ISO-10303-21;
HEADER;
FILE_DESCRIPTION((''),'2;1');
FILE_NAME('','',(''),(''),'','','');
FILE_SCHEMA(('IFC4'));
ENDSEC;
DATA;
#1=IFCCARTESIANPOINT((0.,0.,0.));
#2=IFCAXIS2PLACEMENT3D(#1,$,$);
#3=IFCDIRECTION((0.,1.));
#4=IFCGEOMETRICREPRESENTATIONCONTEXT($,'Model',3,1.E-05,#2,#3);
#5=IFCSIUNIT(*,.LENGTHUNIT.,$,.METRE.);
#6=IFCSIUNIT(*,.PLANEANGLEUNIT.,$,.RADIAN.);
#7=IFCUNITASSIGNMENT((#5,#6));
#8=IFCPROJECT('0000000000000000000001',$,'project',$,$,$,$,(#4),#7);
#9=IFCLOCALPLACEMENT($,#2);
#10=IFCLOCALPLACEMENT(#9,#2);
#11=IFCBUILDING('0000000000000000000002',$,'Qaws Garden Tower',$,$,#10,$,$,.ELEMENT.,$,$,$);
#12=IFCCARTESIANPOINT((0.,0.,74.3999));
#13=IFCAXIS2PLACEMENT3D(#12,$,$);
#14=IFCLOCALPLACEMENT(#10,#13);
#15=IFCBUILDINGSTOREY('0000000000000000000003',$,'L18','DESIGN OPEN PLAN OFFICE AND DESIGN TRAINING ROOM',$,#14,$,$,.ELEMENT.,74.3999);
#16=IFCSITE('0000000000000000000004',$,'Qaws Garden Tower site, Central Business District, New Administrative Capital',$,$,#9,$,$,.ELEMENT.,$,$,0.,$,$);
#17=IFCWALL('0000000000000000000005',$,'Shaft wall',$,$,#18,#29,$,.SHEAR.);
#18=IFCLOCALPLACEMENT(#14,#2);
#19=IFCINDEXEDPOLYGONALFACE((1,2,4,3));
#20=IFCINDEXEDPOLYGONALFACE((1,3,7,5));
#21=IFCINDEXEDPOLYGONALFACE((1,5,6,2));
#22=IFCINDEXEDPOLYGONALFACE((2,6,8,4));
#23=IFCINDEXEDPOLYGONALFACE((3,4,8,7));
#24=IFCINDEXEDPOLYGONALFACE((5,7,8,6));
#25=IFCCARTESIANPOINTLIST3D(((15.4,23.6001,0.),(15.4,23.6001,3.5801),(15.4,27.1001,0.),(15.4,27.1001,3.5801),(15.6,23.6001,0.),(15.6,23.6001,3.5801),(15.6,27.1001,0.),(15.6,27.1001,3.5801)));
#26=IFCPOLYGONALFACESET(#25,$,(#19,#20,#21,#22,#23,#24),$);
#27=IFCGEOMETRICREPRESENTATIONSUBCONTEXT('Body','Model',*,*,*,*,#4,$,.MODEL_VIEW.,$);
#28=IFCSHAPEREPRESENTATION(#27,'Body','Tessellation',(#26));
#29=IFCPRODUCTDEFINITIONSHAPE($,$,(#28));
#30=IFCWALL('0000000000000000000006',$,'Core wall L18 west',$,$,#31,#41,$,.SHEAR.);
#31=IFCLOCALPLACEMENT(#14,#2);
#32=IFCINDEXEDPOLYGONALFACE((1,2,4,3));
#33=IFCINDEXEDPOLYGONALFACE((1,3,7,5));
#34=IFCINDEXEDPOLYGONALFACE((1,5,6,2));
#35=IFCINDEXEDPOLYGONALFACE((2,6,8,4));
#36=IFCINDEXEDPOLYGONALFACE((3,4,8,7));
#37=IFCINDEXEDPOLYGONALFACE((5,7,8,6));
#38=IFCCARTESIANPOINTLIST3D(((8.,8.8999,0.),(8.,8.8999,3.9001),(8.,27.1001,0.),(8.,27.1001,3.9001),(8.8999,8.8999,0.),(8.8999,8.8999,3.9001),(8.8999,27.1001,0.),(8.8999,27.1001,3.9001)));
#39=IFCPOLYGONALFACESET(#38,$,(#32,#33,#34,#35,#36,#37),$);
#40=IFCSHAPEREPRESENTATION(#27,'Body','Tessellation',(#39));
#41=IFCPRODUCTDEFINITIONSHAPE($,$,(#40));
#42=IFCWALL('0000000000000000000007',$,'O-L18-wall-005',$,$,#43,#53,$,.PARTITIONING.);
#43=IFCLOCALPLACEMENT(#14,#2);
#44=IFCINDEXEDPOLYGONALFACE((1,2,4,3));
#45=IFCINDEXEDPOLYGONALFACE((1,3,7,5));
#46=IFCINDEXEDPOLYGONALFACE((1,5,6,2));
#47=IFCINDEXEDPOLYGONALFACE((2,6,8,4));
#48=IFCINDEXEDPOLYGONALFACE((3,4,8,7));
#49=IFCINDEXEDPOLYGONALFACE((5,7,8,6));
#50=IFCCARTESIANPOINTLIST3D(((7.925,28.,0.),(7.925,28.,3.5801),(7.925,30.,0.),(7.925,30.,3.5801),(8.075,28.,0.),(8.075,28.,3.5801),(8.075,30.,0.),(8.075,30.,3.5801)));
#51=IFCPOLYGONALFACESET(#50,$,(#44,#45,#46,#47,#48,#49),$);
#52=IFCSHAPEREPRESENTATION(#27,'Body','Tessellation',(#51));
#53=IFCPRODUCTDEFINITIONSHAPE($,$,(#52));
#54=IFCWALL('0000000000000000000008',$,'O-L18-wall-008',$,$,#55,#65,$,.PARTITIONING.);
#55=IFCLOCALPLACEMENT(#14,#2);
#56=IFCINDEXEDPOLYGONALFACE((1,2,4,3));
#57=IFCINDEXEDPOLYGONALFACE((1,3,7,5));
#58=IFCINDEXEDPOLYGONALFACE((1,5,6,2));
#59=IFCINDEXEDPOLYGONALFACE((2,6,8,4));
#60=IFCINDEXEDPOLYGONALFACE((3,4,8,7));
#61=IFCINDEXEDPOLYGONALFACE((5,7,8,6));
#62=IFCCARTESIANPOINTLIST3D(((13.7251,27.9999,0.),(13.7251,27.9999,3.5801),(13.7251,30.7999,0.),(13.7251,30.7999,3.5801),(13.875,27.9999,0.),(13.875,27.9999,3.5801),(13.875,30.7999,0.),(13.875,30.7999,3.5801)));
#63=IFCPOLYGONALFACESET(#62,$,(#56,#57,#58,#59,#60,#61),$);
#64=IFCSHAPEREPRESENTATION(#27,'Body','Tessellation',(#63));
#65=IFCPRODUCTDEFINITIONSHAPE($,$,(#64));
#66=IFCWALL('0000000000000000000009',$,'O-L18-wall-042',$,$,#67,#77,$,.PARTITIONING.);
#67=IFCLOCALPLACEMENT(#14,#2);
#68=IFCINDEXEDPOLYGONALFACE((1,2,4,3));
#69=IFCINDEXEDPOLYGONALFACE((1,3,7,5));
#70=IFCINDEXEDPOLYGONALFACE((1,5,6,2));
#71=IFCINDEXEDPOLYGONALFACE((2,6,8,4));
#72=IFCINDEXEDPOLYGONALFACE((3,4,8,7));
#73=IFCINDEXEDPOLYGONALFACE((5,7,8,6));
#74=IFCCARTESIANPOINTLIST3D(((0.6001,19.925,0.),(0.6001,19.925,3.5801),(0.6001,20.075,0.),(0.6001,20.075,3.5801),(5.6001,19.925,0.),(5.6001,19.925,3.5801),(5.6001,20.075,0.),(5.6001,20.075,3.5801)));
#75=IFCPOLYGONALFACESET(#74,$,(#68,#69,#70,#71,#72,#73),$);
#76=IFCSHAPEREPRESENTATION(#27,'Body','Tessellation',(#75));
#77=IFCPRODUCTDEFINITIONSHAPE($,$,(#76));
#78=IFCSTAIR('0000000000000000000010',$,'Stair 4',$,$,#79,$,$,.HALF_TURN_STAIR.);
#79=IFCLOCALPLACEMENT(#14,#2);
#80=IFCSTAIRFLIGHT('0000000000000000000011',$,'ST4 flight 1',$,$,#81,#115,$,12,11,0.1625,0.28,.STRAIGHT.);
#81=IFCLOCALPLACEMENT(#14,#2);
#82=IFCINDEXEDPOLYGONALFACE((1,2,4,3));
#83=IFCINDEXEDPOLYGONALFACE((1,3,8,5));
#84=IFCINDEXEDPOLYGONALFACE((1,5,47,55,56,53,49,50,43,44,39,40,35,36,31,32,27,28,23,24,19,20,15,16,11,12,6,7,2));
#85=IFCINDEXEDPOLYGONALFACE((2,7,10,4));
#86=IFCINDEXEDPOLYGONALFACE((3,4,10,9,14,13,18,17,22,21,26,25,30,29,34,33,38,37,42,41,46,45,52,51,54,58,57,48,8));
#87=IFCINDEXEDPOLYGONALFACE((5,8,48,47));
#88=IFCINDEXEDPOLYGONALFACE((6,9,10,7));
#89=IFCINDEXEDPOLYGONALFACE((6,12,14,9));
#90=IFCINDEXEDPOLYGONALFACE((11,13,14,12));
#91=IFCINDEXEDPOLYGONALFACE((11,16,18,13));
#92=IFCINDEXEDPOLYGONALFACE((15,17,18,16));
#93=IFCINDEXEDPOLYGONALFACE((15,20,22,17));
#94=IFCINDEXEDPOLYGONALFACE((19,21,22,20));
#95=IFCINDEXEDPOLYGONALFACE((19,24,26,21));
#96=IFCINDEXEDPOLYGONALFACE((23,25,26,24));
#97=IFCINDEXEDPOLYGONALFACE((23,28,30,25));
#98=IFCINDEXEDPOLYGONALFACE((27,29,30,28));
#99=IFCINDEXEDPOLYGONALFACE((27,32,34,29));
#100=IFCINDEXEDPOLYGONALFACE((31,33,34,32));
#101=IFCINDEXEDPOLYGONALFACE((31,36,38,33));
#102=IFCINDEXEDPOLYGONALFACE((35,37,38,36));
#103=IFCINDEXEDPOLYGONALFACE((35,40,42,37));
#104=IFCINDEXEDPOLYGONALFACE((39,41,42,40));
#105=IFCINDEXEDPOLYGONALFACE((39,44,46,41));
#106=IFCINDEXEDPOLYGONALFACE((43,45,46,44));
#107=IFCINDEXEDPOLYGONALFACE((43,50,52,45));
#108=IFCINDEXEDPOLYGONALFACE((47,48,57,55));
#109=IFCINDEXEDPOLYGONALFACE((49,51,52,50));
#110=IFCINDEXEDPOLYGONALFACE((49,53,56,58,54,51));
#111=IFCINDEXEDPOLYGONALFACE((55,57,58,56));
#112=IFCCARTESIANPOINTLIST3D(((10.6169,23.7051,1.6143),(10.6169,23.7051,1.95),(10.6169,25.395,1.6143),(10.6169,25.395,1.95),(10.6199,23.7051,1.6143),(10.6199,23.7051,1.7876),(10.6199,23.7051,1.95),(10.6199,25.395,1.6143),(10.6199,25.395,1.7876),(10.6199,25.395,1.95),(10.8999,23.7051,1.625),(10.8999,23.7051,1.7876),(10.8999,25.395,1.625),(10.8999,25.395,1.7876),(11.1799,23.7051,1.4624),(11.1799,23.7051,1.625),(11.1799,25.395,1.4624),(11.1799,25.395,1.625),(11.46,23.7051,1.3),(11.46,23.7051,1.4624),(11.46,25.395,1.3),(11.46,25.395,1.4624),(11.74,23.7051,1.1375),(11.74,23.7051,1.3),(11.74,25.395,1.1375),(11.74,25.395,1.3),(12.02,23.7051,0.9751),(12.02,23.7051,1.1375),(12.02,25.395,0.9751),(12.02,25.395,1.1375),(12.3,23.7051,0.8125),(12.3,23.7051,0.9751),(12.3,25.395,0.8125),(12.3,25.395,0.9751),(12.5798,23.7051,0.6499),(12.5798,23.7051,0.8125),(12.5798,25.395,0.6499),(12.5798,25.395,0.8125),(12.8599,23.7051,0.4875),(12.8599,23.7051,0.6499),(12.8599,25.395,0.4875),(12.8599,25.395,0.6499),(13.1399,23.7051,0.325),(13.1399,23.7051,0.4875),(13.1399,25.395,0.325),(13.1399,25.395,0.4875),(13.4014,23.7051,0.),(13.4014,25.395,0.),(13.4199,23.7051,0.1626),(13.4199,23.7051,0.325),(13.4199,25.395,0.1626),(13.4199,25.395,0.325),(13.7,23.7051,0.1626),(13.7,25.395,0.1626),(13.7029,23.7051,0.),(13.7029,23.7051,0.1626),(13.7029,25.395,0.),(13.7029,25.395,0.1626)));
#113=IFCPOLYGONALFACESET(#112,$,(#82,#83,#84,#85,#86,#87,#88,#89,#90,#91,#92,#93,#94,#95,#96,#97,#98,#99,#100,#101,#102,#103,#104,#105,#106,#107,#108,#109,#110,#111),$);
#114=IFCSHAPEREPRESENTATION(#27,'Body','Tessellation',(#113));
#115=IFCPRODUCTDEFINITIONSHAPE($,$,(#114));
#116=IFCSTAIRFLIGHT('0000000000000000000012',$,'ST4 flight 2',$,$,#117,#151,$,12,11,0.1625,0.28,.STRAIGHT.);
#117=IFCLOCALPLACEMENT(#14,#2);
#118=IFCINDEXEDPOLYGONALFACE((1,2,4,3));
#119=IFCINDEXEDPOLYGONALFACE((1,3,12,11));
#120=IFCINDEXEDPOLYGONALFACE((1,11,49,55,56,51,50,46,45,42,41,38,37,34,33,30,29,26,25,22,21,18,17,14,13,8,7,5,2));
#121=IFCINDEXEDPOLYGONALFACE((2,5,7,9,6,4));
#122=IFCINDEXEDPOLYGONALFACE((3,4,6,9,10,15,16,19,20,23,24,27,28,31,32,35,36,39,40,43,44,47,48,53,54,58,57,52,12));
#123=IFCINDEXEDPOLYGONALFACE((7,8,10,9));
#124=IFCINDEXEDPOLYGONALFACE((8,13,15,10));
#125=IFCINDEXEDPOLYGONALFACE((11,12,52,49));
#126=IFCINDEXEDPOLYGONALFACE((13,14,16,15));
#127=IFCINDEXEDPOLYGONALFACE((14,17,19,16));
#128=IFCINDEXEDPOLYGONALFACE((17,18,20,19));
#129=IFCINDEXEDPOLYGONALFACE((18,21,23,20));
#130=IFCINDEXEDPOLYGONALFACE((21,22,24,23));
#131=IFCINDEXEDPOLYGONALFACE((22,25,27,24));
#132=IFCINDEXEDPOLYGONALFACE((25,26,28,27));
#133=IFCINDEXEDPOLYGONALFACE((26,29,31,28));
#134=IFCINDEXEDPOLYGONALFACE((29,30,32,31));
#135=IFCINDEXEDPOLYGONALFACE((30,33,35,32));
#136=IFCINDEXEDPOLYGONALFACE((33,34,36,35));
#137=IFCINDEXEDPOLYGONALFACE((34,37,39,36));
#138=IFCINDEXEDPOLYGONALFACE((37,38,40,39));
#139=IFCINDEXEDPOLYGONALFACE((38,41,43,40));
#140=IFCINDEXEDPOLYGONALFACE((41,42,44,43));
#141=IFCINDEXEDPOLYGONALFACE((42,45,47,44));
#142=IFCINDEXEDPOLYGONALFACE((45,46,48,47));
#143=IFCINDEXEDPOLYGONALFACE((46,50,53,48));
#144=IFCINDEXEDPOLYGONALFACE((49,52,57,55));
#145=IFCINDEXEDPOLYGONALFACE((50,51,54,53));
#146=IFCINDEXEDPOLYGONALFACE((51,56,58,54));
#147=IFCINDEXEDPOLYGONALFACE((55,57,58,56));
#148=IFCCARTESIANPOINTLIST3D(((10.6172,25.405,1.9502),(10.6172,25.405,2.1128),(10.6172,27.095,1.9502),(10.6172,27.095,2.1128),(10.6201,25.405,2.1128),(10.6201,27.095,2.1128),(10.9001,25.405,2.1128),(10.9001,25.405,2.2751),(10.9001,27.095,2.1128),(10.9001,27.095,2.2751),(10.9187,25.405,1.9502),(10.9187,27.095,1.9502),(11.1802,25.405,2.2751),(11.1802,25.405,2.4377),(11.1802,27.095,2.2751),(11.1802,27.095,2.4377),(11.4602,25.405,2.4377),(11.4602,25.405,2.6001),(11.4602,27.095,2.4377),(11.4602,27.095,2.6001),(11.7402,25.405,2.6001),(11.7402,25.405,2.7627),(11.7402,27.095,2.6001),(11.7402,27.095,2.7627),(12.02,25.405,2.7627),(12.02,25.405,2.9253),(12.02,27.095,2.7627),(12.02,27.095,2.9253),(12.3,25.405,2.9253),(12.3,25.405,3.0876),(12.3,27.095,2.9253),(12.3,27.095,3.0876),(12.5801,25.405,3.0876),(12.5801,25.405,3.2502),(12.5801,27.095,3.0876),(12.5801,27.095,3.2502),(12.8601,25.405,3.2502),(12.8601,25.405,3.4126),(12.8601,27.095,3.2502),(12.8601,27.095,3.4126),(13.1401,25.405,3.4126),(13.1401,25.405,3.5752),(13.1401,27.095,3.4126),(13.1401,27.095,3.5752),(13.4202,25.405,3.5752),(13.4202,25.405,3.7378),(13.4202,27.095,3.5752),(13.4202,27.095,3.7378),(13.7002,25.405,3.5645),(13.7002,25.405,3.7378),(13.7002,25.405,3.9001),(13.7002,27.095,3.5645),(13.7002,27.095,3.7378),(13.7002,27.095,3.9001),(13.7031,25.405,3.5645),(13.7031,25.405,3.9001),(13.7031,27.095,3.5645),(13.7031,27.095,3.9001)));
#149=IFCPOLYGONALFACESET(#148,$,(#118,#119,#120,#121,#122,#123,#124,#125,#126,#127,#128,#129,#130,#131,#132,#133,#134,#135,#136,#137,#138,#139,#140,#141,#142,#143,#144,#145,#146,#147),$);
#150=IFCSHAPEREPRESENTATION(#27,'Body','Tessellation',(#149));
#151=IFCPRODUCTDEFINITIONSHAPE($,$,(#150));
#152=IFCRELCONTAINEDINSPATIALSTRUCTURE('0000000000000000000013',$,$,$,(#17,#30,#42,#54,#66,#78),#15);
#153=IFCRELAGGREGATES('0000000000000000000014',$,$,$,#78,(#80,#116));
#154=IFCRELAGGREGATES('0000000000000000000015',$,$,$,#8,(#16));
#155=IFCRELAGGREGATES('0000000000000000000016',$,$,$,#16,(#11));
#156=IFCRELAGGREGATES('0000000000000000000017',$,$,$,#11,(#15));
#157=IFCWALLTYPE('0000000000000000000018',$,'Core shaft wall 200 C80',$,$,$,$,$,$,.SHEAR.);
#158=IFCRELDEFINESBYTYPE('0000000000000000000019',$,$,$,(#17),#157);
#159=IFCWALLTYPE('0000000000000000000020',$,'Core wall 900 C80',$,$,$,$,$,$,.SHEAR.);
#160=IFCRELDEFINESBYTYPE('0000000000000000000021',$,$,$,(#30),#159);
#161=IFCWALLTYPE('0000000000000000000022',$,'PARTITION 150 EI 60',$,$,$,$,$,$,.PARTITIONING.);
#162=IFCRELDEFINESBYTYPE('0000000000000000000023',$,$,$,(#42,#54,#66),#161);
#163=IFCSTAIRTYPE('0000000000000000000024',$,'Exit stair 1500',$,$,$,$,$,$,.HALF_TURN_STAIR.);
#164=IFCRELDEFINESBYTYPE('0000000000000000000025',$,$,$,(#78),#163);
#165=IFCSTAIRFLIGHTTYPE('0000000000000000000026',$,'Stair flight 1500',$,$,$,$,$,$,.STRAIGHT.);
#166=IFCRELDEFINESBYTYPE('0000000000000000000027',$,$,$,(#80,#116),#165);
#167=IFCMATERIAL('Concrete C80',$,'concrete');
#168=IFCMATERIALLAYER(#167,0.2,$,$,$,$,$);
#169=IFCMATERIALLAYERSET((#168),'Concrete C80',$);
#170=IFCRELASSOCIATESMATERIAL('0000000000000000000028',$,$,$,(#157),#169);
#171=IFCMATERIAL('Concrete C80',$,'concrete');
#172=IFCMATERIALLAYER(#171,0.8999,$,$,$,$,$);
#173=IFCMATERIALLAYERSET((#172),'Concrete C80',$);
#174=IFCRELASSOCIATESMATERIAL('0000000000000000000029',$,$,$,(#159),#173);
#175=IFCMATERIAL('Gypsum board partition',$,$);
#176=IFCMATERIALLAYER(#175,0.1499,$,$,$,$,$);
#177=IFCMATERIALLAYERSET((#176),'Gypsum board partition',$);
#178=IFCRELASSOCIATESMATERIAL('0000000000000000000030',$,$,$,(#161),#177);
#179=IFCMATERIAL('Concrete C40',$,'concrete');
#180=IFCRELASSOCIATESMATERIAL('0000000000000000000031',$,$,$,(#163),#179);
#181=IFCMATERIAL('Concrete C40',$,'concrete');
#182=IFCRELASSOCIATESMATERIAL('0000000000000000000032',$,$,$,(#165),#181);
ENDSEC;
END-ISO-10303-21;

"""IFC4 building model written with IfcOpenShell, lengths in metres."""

from ifc_helpers import new_model, si_unit, direction, frame, frame_2d, origin, place, context, subcontext, project, spatial, polyline, rectangle, outline, extrude, material, layer, layer_set, type_object, element, aggregate, save


model = new_model("IFC4")

# Units and contexts
model_context = context("Model", 3, precision=1e-05, world=origin(), true_north=direction((0.0, 1.0)))
body_context = subcontext(model_context, "Body", "Model", "MODEL_VIEW")
ifc_project = project(units=[si_unit("LENGTHUNIT", "METRE"), si_unit("PLANEANGLEUNIT", "RADIAN")], contexts=[model_context])

# Site, building, storey
site_placement = place(None, origin())
site = spatial("IfcSite", under=ifc_project, at=site_placement, Name="Qaws Garden Tower site, Central Business District, New Administrative Capital", CompositionType="ELEMENT", RefElevation=0.0)
building_placement = place(site_placement, origin())
building = spatial("IfcBuilding", under=site, at=building_placement, Name="Qaws Garden Tower", CompositionType="ELEMENT")
storey_placement = place(building_placement, frame((0.0, 0.0, 74.3999)))
storey = spatial("IfcBuildingStorey", under=building, at=storey_placement, Name="L18", Description="DESIGN OPEN PLAN OFFICE AND DESIGN TRAINING ROOM", CompositionType="ELEMENT", Elevation=74.3999)

# Shared definitions
ifc_material_1 = material(Name="Concrete C80", Category="concrete")
ifc_layer_1 = layer(ifc_material_1, 0.2)
ifc_layer_set_1 = layer_set([ifc_layer_1], Name="Concrete C80")
wall_type_1 = type_object("IfcWallType", Name="Core shaft wall 200 C80", PredefinedType="SHEAR", material=ifc_layer_set_1)

# Walls
wall_1_placement = place(storey_placement, frame((15.5, 23.6001, 0.0), z_axis=(0.0, 0.0, 1.0), x_axis=(0.0, 1.0, 0.0)))
element("IfcWall", 1, at=wall_1_placement, inside=storey, type_object=wall_type_1, Name="Shaft wall", PredefinedType="SHEAR", context=body_context, shape_type="SweptSolid", body=[
    extrude(rectangle(XDim=3.5, YDim=0.2, at=frame_2d((1.75, 0.0))), origin(), (0.0, 0.0, 1.0), 3.5801),
])
ifc_material_2 = material(Name="Concrete C80", Category="concrete")
ifc_layer_2 = layer(ifc_material_2, 0.8999)
ifc_layer_set_2 = layer_set([ifc_layer_2], Name="Concrete C80")
wall_type_2 = type_object("IfcWallType", Name="Core wall 900 C80", PredefinedType="SHEAR", material=ifc_layer_set_2)
wall_2_placement = place(storey_placement, frame((8.45, 27.1001, 0.0), z_axis=(0.0, 0.0, 1.0), x_axis=(0.0, -1.0, 0.0)))
element("IfcWall", 2, at=wall_2_placement, inside=storey, type_object=wall_type_2, Name="Core wall L18 west", PredefinedType="SHEAR", context=body_context, shape_type="SweptSolid", body=[
    extrude(rectangle(XDim=18.2002, YDim=0.8999, at=frame_2d((9.1001, 0.0))), origin(), (0.0, 0.0, 1.0), 3.9001),
])
ifc_material_3 = material(Name="Gypsum board partition")
ifc_layer_3 = layer(ifc_material_3, 0.1499)
ifc_layer_set_3 = layer_set([ifc_layer_3], Name="Gypsum board partition")
wall_type_3 = type_object("IfcWallType", Name="PARTITION 150 EI 60", PredefinedType="PARTITIONING", material=ifc_layer_set_3)
wall_3_placement = place(storey_placement, frame((8.0, 28.0, 0.0), z_axis=(0.0, 0.0, 1.0), x_axis=(0.0, 1.0, 0.0)))
element("IfcWall", 3, at=wall_3_placement, inside=storey, type_object=wall_type_3, Name="O-L18-wall-005", PredefinedType="PARTITIONING", context=body_context, shape_type="SweptSolid", body=[
    extrude(rectangle(XDim=2.0, YDim=0.1499, at=frame_2d((1.0, 0.0))), origin(), (0.0, 0.0, 1.0), 3.5801),
])
wall_4_placement = place(storey_placement, frame((13.8, 28.0, 0.0), z_axis=(0.0, 0.0, 1.0), x_axis=(0.0, 1.0, 0.0)))
element("IfcWall", 4, at=wall_4_placement, inside=storey, type_object=wall_type_3, Name="O-L18-wall-008", PredefinedType="PARTITIONING", context=body_context, shape_type="SweptSolid", body=[
    extrude(rectangle(XDim=2.8, YDim=0.1499, at=frame_2d((1.3999, 0.0))), origin(), (0.0, 0.0, 1.0), 3.5801),
])
wall_5_placement = place(storey_placement, frame((0.6001, 20.0, 0.0), z_axis=(0.0, 0.0, 1.0), x_axis=(1.0, 0.0, 0.0)))
element("IfcWall", 5, at=wall_5_placement, inside=storey, type_object=wall_type_3, Name="O-L18-wall-042", PredefinedType="PARTITIONING", context=body_context, shape_type="SweptSolid", body=[
    extrude(rectangle(XDim=5.0, YDim=0.1499, at=frame_2d((2.5, 0.0))), origin(), (0.0, 0.0, 1.0), 3.5801),
])

# Stair, stair flights
ifc_material_4 = material(Name="Concrete C40", Category="concrete")
stair_type = type_object("IfcStairType", Name="Exit stair 1500", PredefinedType="HALF_TURN_STAIR", material=ifc_material_4)
stair_placement = place(storey_placement, origin())
stair = element("IfcStair", 6, at=stair_placement, inside=storey, type_object=stair_type, Name="Stair 4", PredefinedType="HALF_TURN_STAIR")
ifc_material_5 = material(Name="Concrete C40", Category="concrete")
stair_flight_type = type_object("IfcStairFlightType", Name="Stair flight 1500", PredefinedType="STRAIGHT", material=ifc_material_5)
stair_flight_1_placement = place(storey_placement, frame((13.7, 24.55, 0.0), z_axis=(0.0, 0.0, 1.0), x_axis=(-1.0, 0.0, 0.0)))
stair_flight_1 = element("IfcStairFlight", 7, at=stair_flight_1_placement, type_object=stair_flight_type, Name="ST4 flight 1", NumberOfRisers=12, NumberOfTreads=11, PredefinedType="STRAIGHT", RiserHeight=0.1625, TreadLength=0.28, context=body_context, shape_type="SweptSolid", body=[
    extrude(outline(polyline([(-0.0029, 0.0), (-0.0029, 0.1626), (0.0, 0.1626), (0.28, 0.1626), (0.28, 0.325), (0.5601, 0.325), (0.5601, 0.4875), (0.8401, 0.4875), (0.8401, 0.6499), (1.1201, 0.6499), (1.1201, 0.8125), (1.3999, 0.8125), (1.3999, 0.9751), (1.6799, 0.9751), (1.6799, 1.1375), (1.96, 1.1375), (1.96, 1.3), (2.24, 1.3), (2.24, 1.4624), (2.52, 1.4624), (2.52, 1.625), (2.8, 1.625), (2.8, 1.7876), (3.0801, 1.7876), (3.0801, 1.95), (3.083, 1.95), (3.083, 1.6143), (3.0801, 1.6143), (0.2986, 0.0), (-0.0029, 0.0)])), frame((0.0, 0.845, 0.0), z_axis=(0.0, -1.0, 0.0), x_axis=(1.0, 0.0, 0.0)), (0.0, 0.0, 1.0), 1.6899),
])
stair_flight_2_placement = place(storey_placement, frame((10.6201, 26.25, 1.9502), z_axis=(0.0, 0.0, 1.0), x_axis=(1.0, 0.0, 0.0)))
stair_flight_2 = element("IfcStairFlight", 8, at=stair_flight_2_placement, type_object=stair_flight_type, Name="ST4 flight 2", NumberOfRisers=12, NumberOfTreads=11, PredefinedType="STRAIGHT", RiserHeight=0.1625, TreadLength=0.28, context=body_context, shape_type="SweptSolid", body=[
    extrude(outline(polyline([(-0.0029, 0.0), (-0.0029, 0.1626), (0.0, 0.1626), (0.28, 0.1626), (0.28, 0.325), (0.5601, 0.325), (0.5601, 0.4875), (0.8401, 0.4875), (0.8401, 0.6499), (1.1201, 0.6499), (1.1201, 0.8125), (1.3999, 0.8125), (1.3999, 0.9751), (1.6799, 0.9751), (1.6799, 1.1375), (1.96, 1.1375), (1.96, 1.3), (2.24, 1.3), (2.24, 1.4624), (2.52, 1.4624), (2.52, 1.625), (2.8, 1.625), (2.8, 1.7876), (3.0801, 1.7876), (3.0801, 1.95), (3.083, 1.95), (3.083, 1.6143), (3.0801, 1.6143), (0.2986, 0.0), (-0.0029, 0.0)])), frame((0.0, 0.845, 0.0), z_axis=(0.0, -1.0, 0.0), x_axis=(1.0, 0.0, 0.0)), (0.0, 0.0, 1.0), 1.6899),
])
aggregate(stair, [stair_flight_1, stair_flight_2])

save(model, "model.ifc")
